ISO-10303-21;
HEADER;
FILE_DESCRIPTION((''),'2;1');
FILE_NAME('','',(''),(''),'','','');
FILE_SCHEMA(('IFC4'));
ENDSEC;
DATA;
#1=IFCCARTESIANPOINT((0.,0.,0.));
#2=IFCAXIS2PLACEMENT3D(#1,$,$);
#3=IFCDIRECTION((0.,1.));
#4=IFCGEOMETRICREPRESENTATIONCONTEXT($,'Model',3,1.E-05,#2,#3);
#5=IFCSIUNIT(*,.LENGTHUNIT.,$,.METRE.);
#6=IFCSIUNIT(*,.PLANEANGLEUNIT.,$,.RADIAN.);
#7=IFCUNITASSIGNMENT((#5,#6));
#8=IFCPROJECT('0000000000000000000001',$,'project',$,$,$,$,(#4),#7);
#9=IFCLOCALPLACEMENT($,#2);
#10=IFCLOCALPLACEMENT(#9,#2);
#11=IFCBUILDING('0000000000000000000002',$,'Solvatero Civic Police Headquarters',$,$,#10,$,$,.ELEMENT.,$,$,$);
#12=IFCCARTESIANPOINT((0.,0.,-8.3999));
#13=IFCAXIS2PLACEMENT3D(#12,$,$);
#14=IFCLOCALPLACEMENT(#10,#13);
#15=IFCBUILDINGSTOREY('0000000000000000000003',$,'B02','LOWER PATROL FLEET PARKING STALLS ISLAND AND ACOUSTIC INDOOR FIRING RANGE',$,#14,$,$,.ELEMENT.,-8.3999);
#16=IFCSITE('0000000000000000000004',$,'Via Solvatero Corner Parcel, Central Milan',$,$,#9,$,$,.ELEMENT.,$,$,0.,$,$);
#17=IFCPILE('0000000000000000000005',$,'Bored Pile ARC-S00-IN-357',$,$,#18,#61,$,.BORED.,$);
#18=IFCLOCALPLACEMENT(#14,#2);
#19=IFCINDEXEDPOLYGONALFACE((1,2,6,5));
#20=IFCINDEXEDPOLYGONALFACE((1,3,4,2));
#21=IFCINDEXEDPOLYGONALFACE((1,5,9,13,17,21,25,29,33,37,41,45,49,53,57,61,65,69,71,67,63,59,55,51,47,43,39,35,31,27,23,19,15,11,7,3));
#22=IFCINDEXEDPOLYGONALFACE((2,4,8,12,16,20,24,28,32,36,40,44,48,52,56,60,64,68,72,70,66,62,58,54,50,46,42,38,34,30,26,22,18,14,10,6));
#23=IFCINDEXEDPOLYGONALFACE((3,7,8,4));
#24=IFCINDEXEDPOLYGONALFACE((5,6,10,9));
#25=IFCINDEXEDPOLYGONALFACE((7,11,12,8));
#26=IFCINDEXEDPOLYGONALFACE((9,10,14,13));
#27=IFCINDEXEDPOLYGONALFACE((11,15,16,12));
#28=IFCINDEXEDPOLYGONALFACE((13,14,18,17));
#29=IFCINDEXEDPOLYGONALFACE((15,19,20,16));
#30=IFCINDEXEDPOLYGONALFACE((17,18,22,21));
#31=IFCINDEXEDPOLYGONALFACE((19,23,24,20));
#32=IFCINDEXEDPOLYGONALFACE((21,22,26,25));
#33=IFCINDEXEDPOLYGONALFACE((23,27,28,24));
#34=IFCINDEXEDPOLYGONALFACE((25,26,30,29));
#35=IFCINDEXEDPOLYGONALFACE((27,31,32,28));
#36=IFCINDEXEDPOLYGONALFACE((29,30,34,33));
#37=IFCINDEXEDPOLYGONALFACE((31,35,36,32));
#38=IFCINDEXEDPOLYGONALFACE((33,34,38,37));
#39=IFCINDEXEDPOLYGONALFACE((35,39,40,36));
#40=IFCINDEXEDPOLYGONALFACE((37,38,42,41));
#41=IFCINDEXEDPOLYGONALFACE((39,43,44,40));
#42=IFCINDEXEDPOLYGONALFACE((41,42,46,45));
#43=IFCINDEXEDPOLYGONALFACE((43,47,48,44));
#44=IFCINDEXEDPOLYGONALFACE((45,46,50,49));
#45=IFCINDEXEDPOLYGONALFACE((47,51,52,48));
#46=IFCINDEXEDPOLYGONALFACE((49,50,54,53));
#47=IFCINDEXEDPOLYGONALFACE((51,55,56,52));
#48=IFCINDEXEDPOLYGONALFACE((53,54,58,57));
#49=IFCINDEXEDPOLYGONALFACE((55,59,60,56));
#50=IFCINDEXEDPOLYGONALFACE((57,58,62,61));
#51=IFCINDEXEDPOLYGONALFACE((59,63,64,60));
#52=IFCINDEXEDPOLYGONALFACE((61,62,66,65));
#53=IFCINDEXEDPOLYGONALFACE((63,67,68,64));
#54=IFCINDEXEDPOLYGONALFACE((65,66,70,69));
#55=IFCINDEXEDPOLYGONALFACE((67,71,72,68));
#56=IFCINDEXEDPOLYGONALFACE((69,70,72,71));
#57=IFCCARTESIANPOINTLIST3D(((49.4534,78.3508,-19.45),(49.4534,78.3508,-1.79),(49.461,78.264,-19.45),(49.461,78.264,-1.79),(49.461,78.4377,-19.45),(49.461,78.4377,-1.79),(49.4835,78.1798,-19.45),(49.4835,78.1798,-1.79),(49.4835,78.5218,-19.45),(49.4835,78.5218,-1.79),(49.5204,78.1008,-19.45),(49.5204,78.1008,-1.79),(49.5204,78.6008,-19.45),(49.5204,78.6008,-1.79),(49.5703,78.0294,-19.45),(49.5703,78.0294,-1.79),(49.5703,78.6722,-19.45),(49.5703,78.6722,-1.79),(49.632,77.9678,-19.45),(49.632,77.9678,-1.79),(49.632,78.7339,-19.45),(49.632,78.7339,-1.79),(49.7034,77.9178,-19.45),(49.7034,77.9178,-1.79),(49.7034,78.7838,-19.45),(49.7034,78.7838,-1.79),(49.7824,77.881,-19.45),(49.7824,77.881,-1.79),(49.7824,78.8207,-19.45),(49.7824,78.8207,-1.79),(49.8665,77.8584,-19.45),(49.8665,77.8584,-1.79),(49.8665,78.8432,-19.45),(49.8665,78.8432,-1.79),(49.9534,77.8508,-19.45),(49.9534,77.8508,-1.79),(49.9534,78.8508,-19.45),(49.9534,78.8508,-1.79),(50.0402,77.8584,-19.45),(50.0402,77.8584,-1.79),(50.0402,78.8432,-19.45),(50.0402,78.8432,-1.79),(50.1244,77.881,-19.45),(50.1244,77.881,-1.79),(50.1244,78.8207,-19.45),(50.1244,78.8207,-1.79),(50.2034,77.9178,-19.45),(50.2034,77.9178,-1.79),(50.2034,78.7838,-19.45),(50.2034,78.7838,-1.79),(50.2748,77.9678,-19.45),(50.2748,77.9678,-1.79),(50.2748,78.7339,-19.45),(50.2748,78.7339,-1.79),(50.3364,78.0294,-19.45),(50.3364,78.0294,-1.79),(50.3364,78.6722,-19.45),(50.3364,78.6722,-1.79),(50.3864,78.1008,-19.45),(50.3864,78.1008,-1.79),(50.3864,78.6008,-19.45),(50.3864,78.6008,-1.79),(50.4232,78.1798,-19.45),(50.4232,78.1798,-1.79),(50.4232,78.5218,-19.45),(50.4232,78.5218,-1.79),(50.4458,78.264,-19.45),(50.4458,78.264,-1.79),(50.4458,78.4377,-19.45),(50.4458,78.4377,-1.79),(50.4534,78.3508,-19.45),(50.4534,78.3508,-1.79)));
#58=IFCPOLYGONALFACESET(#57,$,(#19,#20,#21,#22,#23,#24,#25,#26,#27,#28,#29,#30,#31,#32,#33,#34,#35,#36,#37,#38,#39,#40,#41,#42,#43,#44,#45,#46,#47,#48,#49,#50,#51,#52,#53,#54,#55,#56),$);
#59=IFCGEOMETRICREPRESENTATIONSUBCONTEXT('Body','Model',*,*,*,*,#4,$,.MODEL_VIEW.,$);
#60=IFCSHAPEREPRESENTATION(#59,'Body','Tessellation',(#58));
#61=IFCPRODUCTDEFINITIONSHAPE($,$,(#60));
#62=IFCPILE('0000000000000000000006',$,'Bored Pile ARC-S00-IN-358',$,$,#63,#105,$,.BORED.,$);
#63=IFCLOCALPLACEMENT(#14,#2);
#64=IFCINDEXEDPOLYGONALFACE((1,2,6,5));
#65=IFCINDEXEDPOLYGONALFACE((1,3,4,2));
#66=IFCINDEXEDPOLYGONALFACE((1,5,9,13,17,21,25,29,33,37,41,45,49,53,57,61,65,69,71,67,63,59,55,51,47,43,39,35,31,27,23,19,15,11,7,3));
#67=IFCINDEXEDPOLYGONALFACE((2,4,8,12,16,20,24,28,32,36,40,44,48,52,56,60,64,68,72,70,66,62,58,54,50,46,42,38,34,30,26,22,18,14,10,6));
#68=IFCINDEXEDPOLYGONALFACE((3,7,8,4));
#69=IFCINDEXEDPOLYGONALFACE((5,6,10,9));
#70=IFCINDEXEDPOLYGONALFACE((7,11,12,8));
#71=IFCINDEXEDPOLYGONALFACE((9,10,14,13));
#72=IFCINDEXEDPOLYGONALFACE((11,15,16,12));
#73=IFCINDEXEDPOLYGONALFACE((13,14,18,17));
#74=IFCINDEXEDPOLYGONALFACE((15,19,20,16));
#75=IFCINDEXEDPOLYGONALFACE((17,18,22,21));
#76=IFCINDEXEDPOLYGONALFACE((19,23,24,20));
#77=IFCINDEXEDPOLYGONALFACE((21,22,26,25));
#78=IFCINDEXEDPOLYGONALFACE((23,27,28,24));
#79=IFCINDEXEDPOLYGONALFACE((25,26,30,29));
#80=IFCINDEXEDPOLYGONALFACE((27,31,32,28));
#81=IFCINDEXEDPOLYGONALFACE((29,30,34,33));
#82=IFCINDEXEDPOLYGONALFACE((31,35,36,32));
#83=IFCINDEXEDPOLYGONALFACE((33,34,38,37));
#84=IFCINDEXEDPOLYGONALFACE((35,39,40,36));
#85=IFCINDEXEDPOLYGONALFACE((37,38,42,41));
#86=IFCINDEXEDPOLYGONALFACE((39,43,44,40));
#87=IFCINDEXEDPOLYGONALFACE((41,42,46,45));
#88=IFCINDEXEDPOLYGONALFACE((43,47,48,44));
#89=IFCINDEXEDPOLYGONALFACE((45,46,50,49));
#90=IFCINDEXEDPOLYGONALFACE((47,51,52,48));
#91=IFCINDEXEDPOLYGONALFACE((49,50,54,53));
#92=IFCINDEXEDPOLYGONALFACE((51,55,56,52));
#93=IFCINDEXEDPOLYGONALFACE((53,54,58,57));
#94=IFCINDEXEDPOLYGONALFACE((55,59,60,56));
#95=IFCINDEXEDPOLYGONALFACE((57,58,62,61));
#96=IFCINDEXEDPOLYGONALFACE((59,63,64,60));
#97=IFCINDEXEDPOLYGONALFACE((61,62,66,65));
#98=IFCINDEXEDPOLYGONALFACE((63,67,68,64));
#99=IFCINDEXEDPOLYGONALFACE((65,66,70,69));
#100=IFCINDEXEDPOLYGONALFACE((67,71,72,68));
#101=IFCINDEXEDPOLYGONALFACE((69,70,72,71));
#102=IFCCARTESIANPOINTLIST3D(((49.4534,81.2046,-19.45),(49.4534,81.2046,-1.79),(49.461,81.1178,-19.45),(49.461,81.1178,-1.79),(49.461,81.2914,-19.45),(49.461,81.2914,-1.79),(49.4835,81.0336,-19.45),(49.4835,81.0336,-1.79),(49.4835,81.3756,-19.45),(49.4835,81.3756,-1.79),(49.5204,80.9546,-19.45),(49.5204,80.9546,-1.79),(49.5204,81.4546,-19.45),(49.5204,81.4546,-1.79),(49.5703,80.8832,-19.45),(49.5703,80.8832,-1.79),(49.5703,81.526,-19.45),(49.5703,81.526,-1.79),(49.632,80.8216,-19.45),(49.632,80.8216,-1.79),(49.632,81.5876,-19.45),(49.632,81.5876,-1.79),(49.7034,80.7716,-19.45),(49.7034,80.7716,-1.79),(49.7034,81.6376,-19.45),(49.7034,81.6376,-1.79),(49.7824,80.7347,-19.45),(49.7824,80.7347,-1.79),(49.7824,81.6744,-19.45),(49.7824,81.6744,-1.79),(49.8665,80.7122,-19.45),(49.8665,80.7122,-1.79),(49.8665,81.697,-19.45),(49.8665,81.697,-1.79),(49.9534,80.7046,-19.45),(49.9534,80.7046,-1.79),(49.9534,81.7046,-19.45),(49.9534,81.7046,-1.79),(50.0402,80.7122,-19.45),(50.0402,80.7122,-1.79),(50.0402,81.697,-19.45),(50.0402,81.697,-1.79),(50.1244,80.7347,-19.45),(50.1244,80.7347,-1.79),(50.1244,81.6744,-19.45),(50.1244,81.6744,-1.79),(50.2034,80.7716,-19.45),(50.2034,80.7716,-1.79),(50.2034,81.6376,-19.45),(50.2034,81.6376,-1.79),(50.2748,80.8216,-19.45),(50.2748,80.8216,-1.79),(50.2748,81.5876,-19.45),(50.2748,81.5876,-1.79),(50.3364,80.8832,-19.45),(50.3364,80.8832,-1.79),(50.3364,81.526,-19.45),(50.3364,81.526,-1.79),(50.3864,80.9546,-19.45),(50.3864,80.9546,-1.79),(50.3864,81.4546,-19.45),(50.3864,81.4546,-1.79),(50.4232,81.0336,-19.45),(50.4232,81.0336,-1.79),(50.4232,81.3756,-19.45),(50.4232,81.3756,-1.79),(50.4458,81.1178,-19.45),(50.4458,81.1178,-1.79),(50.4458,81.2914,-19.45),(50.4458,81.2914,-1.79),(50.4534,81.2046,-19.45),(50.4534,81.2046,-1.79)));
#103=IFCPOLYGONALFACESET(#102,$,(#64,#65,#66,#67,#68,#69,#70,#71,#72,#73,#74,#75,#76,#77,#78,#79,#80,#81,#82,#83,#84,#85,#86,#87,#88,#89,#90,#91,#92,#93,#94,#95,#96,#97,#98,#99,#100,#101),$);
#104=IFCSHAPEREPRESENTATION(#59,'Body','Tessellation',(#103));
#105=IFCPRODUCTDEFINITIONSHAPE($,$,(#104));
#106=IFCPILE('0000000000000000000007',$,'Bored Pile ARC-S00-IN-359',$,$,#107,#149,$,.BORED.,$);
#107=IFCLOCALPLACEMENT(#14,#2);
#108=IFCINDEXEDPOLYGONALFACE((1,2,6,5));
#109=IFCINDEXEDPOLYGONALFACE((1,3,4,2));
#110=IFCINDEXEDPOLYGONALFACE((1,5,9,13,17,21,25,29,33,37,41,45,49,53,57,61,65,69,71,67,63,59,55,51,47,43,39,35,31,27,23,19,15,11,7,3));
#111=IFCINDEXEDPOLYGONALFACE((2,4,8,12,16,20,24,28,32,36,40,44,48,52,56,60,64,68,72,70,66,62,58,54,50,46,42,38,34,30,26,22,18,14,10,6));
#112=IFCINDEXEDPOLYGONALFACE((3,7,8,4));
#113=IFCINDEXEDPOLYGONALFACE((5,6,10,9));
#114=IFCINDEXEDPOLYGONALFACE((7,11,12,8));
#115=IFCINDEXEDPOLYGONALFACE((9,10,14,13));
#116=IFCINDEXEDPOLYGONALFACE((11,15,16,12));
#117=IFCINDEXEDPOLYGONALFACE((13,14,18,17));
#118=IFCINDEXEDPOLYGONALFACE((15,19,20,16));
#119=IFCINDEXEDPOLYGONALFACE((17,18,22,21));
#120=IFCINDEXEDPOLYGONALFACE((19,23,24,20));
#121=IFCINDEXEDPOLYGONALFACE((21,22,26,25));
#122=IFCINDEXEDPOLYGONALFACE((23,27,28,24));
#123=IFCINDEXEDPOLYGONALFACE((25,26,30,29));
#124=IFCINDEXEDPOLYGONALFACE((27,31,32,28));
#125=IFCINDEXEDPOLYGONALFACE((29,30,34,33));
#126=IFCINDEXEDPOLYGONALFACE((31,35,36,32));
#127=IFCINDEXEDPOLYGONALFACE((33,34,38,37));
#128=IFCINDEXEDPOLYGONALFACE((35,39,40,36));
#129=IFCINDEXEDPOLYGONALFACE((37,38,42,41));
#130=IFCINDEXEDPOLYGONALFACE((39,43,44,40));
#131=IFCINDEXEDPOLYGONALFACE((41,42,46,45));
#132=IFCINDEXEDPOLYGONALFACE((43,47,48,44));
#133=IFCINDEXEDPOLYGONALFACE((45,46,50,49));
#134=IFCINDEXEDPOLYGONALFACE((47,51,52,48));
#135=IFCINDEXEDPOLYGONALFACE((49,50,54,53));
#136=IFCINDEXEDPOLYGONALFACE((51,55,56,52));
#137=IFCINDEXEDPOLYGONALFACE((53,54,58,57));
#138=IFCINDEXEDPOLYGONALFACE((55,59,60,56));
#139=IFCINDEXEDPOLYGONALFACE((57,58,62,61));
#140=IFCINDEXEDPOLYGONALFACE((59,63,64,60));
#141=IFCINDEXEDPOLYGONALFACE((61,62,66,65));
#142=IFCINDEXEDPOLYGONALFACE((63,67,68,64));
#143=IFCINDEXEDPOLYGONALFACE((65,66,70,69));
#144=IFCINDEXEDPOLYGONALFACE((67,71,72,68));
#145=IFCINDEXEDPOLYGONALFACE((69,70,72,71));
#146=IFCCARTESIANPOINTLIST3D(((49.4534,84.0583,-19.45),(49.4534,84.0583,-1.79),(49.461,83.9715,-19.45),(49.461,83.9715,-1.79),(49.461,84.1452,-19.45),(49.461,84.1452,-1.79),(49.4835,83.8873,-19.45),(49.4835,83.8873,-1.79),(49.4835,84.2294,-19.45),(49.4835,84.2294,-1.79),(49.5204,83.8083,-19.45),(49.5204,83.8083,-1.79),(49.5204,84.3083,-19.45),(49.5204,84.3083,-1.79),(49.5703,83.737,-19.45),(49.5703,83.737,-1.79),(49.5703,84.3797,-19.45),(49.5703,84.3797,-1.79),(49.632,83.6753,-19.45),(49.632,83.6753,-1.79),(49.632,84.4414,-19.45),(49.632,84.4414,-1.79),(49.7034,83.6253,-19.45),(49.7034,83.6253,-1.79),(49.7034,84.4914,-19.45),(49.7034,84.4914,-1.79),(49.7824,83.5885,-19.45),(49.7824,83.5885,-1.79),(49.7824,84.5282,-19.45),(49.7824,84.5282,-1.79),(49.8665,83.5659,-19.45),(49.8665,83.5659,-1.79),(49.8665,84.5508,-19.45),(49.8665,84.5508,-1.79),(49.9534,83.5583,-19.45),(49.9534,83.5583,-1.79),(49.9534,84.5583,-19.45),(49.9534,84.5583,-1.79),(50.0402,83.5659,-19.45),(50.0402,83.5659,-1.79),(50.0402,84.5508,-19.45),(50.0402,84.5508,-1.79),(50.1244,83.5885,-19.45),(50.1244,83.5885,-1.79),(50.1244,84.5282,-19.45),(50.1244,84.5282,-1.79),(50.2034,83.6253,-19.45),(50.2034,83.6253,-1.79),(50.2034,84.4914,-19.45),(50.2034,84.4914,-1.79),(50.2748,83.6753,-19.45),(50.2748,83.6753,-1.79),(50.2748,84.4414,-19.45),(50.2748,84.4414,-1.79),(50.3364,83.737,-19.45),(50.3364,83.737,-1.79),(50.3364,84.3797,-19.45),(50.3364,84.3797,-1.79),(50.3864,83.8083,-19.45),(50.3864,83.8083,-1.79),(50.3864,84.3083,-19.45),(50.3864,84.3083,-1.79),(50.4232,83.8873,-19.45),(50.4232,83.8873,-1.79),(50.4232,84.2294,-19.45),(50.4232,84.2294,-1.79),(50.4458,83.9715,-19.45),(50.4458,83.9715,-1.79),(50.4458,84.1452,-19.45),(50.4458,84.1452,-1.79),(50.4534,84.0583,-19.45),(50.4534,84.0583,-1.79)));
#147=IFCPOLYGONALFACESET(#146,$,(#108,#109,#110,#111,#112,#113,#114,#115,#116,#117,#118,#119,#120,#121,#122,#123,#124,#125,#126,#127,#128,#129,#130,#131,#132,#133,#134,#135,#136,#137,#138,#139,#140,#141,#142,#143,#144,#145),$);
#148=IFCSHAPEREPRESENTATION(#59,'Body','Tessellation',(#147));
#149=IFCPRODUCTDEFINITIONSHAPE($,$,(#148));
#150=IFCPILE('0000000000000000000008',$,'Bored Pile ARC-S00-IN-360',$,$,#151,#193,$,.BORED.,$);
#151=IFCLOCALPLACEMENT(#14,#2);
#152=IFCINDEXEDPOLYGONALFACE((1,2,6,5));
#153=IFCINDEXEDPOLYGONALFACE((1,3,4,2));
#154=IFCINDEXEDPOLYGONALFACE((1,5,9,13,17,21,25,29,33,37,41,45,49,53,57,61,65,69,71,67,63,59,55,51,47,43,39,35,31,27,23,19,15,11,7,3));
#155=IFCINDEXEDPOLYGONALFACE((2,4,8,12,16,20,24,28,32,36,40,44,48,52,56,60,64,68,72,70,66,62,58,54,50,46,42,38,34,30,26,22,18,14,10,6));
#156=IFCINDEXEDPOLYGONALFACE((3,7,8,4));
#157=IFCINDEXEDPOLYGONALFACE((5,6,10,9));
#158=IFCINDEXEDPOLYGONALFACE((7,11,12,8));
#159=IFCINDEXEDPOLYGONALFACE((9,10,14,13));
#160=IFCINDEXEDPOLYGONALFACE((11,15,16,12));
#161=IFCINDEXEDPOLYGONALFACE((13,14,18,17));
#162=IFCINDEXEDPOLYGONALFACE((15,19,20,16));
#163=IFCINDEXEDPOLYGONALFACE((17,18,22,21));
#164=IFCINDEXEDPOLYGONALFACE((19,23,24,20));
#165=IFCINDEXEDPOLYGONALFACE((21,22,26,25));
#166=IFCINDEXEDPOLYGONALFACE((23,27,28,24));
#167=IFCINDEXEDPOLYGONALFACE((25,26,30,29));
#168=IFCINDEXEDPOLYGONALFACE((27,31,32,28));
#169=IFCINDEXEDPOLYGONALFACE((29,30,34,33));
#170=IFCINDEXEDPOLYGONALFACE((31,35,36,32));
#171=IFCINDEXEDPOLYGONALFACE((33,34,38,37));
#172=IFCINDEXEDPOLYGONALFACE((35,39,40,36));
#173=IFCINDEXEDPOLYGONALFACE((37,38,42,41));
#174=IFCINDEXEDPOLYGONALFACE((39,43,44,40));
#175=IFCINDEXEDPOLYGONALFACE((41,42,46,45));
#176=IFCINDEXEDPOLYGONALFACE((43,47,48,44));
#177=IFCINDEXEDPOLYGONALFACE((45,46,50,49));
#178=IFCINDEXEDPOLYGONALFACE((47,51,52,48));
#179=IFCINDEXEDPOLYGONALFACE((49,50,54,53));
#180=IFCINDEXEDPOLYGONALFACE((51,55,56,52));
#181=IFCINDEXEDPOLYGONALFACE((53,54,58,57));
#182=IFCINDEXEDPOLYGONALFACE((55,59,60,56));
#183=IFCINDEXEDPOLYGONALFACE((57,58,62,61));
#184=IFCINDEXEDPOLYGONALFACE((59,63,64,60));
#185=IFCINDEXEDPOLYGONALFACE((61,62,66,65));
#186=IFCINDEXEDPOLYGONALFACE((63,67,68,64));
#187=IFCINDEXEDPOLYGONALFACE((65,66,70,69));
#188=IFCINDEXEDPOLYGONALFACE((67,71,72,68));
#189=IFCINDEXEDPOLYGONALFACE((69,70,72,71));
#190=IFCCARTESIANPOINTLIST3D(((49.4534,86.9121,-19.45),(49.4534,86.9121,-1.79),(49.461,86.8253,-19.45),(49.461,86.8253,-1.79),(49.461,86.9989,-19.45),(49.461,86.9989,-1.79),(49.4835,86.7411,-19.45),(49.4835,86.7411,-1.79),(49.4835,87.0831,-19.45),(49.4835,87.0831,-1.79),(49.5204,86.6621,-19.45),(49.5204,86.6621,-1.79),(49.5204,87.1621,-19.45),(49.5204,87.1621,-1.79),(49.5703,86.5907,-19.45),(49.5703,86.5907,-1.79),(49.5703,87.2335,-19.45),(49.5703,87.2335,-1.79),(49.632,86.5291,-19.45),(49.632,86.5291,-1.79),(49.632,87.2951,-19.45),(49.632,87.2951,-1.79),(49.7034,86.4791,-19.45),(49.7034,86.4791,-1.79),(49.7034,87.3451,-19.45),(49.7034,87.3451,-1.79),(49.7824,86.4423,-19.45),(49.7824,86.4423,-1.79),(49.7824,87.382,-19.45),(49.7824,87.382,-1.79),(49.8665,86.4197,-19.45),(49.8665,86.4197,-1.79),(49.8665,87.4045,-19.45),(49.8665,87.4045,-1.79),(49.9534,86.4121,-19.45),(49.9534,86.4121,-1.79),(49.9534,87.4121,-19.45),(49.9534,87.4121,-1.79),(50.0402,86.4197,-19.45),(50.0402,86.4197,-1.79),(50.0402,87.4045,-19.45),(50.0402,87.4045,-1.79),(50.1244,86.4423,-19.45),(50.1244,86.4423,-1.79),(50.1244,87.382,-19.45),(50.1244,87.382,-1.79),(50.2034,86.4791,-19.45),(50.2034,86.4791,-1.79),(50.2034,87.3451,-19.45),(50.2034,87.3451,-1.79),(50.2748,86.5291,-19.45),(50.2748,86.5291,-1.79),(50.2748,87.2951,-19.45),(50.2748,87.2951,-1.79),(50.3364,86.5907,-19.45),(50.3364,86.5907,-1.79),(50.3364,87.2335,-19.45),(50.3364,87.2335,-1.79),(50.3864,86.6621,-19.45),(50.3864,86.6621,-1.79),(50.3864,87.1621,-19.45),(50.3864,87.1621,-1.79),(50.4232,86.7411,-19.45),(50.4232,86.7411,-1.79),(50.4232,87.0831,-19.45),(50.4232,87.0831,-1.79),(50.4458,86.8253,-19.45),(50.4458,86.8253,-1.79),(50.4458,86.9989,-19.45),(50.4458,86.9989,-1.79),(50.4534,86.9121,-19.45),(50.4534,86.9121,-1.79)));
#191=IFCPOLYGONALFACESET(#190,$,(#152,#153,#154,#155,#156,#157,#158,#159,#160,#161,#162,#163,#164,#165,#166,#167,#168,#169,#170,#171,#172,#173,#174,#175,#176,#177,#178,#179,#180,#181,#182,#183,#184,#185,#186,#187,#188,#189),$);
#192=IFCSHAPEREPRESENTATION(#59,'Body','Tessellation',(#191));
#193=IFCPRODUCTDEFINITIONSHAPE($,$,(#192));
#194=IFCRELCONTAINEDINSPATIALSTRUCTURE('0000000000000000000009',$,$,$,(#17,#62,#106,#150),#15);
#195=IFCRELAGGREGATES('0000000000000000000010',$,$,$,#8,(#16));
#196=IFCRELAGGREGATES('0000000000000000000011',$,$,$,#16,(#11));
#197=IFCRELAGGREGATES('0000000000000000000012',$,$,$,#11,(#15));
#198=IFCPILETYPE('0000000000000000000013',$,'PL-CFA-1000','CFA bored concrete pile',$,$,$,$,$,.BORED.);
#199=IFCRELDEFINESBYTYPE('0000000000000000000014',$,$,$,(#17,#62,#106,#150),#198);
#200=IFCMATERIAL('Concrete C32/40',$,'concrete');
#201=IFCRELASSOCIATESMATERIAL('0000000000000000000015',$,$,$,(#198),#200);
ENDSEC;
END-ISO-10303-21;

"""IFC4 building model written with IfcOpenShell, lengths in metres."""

from ifc_helpers import new_model, si_unit, direction, frame, origin, origin_2d, place, context, subcontext, project, spatial, circle, extrude, material, material_profile, profile_set, type_object, element, save


model = new_model("IFC4")

# Units and contexts
model_context = context("Model", 3, precision=1e-05, world=origin(), true_north=direction((0.0, 1.0)))
body_context = subcontext(model_context, "Body", "Model", "MODEL_VIEW")
ifc_project = project(units=[si_unit("LENGTHUNIT", "METRE"), si_unit("PLANEANGLEUNIT", "RADIAN")], contexts=[model_context])

# Site, building, storey
site_placement = place(None, origin())
site = spatial("IfcSite", under=ifc_project, at=site_placement, Name="Via Solvatero Corner Parcel, Central Milan", CompositionType="ELEMENT", RefElevation=0.0)
building_placement = place(site_placement, origin())
building = spatial("IfcBuilding", under=site, at=building_placement, Name="Solvatero Civic Police Headquarters", CompositionType="ELEMENT")
storey_placement = place(building_placement, frame((0.0, 0.0, -8.3999)))
storey = spatial("IfcBuildingStorey", under=building, at=storey_placement, Name="B02", Description="LOWER PATROL FLEET PARKING STALLS ISLAND AND ACOUSTIC INDOOR FIRING RANGE", CompositionType="ELEMENT", Elevation=-8.3999)

# Piles
ifc_material_1 = material(Name="Concrete C32/40", Category="concrete")
ifc_material_profile_1 = material_profile(ifc_material_1, circle(Radius=0.5, at=origin_2d()), Name="CFA PILE D1000")
ifc_profile_set_1 = profile_set([ifc_material_profile_1], Name="Concrete C32/40")
pile_type_1 = type_object("IfcPileType", Name="PL-CFA-1000", Description="CFA bored concrete pile", PredefinedType="BORED", material=ifc_profile_set_1)
for number, where, z_axis, x_axis, name in (
    (1, (49.9534, 78.3508, -1.79), (0.0, 0.0, -1.0), (1.0, 0.0, 0.0), "Bored Pile ARC-S00-IN-357"),
    (2, (49.9534, 81.2046, -1.79), (0.0, 0.0, -1.0), (1.0, 0.0, 0.0), "Bored Pile ARC-S00-IN-358"),
    (3, (49.9534, 84.0583, -1.79), (0.0, 0.0, -1.0), (1.0, 0.0, 0.0), "Bored Pile ARC-S00-IN-359"),
    (4, (49.9534, 86.9121, -1.79), (0.0, 0.0, -1.0), (1.0, 0.0, 0.0), "Bored Pile ARC-S00-IN-360"),
):
    element("IfcPile", number, at=place(storey_placement, frame(where, z_axis=z_axis, x_axis=x_axis)), inside=storey, type_object=pile_type_1, Name=name, PredefinedType="BORED", context=body_context, shape_type="SweptSolid", body=[
        extrude(circle(Radius=0.5, at=origin_2d()), origin(), (0.0, 0.0, 1.0), 17.6599),
    ])

save(model, "model.ifc")
